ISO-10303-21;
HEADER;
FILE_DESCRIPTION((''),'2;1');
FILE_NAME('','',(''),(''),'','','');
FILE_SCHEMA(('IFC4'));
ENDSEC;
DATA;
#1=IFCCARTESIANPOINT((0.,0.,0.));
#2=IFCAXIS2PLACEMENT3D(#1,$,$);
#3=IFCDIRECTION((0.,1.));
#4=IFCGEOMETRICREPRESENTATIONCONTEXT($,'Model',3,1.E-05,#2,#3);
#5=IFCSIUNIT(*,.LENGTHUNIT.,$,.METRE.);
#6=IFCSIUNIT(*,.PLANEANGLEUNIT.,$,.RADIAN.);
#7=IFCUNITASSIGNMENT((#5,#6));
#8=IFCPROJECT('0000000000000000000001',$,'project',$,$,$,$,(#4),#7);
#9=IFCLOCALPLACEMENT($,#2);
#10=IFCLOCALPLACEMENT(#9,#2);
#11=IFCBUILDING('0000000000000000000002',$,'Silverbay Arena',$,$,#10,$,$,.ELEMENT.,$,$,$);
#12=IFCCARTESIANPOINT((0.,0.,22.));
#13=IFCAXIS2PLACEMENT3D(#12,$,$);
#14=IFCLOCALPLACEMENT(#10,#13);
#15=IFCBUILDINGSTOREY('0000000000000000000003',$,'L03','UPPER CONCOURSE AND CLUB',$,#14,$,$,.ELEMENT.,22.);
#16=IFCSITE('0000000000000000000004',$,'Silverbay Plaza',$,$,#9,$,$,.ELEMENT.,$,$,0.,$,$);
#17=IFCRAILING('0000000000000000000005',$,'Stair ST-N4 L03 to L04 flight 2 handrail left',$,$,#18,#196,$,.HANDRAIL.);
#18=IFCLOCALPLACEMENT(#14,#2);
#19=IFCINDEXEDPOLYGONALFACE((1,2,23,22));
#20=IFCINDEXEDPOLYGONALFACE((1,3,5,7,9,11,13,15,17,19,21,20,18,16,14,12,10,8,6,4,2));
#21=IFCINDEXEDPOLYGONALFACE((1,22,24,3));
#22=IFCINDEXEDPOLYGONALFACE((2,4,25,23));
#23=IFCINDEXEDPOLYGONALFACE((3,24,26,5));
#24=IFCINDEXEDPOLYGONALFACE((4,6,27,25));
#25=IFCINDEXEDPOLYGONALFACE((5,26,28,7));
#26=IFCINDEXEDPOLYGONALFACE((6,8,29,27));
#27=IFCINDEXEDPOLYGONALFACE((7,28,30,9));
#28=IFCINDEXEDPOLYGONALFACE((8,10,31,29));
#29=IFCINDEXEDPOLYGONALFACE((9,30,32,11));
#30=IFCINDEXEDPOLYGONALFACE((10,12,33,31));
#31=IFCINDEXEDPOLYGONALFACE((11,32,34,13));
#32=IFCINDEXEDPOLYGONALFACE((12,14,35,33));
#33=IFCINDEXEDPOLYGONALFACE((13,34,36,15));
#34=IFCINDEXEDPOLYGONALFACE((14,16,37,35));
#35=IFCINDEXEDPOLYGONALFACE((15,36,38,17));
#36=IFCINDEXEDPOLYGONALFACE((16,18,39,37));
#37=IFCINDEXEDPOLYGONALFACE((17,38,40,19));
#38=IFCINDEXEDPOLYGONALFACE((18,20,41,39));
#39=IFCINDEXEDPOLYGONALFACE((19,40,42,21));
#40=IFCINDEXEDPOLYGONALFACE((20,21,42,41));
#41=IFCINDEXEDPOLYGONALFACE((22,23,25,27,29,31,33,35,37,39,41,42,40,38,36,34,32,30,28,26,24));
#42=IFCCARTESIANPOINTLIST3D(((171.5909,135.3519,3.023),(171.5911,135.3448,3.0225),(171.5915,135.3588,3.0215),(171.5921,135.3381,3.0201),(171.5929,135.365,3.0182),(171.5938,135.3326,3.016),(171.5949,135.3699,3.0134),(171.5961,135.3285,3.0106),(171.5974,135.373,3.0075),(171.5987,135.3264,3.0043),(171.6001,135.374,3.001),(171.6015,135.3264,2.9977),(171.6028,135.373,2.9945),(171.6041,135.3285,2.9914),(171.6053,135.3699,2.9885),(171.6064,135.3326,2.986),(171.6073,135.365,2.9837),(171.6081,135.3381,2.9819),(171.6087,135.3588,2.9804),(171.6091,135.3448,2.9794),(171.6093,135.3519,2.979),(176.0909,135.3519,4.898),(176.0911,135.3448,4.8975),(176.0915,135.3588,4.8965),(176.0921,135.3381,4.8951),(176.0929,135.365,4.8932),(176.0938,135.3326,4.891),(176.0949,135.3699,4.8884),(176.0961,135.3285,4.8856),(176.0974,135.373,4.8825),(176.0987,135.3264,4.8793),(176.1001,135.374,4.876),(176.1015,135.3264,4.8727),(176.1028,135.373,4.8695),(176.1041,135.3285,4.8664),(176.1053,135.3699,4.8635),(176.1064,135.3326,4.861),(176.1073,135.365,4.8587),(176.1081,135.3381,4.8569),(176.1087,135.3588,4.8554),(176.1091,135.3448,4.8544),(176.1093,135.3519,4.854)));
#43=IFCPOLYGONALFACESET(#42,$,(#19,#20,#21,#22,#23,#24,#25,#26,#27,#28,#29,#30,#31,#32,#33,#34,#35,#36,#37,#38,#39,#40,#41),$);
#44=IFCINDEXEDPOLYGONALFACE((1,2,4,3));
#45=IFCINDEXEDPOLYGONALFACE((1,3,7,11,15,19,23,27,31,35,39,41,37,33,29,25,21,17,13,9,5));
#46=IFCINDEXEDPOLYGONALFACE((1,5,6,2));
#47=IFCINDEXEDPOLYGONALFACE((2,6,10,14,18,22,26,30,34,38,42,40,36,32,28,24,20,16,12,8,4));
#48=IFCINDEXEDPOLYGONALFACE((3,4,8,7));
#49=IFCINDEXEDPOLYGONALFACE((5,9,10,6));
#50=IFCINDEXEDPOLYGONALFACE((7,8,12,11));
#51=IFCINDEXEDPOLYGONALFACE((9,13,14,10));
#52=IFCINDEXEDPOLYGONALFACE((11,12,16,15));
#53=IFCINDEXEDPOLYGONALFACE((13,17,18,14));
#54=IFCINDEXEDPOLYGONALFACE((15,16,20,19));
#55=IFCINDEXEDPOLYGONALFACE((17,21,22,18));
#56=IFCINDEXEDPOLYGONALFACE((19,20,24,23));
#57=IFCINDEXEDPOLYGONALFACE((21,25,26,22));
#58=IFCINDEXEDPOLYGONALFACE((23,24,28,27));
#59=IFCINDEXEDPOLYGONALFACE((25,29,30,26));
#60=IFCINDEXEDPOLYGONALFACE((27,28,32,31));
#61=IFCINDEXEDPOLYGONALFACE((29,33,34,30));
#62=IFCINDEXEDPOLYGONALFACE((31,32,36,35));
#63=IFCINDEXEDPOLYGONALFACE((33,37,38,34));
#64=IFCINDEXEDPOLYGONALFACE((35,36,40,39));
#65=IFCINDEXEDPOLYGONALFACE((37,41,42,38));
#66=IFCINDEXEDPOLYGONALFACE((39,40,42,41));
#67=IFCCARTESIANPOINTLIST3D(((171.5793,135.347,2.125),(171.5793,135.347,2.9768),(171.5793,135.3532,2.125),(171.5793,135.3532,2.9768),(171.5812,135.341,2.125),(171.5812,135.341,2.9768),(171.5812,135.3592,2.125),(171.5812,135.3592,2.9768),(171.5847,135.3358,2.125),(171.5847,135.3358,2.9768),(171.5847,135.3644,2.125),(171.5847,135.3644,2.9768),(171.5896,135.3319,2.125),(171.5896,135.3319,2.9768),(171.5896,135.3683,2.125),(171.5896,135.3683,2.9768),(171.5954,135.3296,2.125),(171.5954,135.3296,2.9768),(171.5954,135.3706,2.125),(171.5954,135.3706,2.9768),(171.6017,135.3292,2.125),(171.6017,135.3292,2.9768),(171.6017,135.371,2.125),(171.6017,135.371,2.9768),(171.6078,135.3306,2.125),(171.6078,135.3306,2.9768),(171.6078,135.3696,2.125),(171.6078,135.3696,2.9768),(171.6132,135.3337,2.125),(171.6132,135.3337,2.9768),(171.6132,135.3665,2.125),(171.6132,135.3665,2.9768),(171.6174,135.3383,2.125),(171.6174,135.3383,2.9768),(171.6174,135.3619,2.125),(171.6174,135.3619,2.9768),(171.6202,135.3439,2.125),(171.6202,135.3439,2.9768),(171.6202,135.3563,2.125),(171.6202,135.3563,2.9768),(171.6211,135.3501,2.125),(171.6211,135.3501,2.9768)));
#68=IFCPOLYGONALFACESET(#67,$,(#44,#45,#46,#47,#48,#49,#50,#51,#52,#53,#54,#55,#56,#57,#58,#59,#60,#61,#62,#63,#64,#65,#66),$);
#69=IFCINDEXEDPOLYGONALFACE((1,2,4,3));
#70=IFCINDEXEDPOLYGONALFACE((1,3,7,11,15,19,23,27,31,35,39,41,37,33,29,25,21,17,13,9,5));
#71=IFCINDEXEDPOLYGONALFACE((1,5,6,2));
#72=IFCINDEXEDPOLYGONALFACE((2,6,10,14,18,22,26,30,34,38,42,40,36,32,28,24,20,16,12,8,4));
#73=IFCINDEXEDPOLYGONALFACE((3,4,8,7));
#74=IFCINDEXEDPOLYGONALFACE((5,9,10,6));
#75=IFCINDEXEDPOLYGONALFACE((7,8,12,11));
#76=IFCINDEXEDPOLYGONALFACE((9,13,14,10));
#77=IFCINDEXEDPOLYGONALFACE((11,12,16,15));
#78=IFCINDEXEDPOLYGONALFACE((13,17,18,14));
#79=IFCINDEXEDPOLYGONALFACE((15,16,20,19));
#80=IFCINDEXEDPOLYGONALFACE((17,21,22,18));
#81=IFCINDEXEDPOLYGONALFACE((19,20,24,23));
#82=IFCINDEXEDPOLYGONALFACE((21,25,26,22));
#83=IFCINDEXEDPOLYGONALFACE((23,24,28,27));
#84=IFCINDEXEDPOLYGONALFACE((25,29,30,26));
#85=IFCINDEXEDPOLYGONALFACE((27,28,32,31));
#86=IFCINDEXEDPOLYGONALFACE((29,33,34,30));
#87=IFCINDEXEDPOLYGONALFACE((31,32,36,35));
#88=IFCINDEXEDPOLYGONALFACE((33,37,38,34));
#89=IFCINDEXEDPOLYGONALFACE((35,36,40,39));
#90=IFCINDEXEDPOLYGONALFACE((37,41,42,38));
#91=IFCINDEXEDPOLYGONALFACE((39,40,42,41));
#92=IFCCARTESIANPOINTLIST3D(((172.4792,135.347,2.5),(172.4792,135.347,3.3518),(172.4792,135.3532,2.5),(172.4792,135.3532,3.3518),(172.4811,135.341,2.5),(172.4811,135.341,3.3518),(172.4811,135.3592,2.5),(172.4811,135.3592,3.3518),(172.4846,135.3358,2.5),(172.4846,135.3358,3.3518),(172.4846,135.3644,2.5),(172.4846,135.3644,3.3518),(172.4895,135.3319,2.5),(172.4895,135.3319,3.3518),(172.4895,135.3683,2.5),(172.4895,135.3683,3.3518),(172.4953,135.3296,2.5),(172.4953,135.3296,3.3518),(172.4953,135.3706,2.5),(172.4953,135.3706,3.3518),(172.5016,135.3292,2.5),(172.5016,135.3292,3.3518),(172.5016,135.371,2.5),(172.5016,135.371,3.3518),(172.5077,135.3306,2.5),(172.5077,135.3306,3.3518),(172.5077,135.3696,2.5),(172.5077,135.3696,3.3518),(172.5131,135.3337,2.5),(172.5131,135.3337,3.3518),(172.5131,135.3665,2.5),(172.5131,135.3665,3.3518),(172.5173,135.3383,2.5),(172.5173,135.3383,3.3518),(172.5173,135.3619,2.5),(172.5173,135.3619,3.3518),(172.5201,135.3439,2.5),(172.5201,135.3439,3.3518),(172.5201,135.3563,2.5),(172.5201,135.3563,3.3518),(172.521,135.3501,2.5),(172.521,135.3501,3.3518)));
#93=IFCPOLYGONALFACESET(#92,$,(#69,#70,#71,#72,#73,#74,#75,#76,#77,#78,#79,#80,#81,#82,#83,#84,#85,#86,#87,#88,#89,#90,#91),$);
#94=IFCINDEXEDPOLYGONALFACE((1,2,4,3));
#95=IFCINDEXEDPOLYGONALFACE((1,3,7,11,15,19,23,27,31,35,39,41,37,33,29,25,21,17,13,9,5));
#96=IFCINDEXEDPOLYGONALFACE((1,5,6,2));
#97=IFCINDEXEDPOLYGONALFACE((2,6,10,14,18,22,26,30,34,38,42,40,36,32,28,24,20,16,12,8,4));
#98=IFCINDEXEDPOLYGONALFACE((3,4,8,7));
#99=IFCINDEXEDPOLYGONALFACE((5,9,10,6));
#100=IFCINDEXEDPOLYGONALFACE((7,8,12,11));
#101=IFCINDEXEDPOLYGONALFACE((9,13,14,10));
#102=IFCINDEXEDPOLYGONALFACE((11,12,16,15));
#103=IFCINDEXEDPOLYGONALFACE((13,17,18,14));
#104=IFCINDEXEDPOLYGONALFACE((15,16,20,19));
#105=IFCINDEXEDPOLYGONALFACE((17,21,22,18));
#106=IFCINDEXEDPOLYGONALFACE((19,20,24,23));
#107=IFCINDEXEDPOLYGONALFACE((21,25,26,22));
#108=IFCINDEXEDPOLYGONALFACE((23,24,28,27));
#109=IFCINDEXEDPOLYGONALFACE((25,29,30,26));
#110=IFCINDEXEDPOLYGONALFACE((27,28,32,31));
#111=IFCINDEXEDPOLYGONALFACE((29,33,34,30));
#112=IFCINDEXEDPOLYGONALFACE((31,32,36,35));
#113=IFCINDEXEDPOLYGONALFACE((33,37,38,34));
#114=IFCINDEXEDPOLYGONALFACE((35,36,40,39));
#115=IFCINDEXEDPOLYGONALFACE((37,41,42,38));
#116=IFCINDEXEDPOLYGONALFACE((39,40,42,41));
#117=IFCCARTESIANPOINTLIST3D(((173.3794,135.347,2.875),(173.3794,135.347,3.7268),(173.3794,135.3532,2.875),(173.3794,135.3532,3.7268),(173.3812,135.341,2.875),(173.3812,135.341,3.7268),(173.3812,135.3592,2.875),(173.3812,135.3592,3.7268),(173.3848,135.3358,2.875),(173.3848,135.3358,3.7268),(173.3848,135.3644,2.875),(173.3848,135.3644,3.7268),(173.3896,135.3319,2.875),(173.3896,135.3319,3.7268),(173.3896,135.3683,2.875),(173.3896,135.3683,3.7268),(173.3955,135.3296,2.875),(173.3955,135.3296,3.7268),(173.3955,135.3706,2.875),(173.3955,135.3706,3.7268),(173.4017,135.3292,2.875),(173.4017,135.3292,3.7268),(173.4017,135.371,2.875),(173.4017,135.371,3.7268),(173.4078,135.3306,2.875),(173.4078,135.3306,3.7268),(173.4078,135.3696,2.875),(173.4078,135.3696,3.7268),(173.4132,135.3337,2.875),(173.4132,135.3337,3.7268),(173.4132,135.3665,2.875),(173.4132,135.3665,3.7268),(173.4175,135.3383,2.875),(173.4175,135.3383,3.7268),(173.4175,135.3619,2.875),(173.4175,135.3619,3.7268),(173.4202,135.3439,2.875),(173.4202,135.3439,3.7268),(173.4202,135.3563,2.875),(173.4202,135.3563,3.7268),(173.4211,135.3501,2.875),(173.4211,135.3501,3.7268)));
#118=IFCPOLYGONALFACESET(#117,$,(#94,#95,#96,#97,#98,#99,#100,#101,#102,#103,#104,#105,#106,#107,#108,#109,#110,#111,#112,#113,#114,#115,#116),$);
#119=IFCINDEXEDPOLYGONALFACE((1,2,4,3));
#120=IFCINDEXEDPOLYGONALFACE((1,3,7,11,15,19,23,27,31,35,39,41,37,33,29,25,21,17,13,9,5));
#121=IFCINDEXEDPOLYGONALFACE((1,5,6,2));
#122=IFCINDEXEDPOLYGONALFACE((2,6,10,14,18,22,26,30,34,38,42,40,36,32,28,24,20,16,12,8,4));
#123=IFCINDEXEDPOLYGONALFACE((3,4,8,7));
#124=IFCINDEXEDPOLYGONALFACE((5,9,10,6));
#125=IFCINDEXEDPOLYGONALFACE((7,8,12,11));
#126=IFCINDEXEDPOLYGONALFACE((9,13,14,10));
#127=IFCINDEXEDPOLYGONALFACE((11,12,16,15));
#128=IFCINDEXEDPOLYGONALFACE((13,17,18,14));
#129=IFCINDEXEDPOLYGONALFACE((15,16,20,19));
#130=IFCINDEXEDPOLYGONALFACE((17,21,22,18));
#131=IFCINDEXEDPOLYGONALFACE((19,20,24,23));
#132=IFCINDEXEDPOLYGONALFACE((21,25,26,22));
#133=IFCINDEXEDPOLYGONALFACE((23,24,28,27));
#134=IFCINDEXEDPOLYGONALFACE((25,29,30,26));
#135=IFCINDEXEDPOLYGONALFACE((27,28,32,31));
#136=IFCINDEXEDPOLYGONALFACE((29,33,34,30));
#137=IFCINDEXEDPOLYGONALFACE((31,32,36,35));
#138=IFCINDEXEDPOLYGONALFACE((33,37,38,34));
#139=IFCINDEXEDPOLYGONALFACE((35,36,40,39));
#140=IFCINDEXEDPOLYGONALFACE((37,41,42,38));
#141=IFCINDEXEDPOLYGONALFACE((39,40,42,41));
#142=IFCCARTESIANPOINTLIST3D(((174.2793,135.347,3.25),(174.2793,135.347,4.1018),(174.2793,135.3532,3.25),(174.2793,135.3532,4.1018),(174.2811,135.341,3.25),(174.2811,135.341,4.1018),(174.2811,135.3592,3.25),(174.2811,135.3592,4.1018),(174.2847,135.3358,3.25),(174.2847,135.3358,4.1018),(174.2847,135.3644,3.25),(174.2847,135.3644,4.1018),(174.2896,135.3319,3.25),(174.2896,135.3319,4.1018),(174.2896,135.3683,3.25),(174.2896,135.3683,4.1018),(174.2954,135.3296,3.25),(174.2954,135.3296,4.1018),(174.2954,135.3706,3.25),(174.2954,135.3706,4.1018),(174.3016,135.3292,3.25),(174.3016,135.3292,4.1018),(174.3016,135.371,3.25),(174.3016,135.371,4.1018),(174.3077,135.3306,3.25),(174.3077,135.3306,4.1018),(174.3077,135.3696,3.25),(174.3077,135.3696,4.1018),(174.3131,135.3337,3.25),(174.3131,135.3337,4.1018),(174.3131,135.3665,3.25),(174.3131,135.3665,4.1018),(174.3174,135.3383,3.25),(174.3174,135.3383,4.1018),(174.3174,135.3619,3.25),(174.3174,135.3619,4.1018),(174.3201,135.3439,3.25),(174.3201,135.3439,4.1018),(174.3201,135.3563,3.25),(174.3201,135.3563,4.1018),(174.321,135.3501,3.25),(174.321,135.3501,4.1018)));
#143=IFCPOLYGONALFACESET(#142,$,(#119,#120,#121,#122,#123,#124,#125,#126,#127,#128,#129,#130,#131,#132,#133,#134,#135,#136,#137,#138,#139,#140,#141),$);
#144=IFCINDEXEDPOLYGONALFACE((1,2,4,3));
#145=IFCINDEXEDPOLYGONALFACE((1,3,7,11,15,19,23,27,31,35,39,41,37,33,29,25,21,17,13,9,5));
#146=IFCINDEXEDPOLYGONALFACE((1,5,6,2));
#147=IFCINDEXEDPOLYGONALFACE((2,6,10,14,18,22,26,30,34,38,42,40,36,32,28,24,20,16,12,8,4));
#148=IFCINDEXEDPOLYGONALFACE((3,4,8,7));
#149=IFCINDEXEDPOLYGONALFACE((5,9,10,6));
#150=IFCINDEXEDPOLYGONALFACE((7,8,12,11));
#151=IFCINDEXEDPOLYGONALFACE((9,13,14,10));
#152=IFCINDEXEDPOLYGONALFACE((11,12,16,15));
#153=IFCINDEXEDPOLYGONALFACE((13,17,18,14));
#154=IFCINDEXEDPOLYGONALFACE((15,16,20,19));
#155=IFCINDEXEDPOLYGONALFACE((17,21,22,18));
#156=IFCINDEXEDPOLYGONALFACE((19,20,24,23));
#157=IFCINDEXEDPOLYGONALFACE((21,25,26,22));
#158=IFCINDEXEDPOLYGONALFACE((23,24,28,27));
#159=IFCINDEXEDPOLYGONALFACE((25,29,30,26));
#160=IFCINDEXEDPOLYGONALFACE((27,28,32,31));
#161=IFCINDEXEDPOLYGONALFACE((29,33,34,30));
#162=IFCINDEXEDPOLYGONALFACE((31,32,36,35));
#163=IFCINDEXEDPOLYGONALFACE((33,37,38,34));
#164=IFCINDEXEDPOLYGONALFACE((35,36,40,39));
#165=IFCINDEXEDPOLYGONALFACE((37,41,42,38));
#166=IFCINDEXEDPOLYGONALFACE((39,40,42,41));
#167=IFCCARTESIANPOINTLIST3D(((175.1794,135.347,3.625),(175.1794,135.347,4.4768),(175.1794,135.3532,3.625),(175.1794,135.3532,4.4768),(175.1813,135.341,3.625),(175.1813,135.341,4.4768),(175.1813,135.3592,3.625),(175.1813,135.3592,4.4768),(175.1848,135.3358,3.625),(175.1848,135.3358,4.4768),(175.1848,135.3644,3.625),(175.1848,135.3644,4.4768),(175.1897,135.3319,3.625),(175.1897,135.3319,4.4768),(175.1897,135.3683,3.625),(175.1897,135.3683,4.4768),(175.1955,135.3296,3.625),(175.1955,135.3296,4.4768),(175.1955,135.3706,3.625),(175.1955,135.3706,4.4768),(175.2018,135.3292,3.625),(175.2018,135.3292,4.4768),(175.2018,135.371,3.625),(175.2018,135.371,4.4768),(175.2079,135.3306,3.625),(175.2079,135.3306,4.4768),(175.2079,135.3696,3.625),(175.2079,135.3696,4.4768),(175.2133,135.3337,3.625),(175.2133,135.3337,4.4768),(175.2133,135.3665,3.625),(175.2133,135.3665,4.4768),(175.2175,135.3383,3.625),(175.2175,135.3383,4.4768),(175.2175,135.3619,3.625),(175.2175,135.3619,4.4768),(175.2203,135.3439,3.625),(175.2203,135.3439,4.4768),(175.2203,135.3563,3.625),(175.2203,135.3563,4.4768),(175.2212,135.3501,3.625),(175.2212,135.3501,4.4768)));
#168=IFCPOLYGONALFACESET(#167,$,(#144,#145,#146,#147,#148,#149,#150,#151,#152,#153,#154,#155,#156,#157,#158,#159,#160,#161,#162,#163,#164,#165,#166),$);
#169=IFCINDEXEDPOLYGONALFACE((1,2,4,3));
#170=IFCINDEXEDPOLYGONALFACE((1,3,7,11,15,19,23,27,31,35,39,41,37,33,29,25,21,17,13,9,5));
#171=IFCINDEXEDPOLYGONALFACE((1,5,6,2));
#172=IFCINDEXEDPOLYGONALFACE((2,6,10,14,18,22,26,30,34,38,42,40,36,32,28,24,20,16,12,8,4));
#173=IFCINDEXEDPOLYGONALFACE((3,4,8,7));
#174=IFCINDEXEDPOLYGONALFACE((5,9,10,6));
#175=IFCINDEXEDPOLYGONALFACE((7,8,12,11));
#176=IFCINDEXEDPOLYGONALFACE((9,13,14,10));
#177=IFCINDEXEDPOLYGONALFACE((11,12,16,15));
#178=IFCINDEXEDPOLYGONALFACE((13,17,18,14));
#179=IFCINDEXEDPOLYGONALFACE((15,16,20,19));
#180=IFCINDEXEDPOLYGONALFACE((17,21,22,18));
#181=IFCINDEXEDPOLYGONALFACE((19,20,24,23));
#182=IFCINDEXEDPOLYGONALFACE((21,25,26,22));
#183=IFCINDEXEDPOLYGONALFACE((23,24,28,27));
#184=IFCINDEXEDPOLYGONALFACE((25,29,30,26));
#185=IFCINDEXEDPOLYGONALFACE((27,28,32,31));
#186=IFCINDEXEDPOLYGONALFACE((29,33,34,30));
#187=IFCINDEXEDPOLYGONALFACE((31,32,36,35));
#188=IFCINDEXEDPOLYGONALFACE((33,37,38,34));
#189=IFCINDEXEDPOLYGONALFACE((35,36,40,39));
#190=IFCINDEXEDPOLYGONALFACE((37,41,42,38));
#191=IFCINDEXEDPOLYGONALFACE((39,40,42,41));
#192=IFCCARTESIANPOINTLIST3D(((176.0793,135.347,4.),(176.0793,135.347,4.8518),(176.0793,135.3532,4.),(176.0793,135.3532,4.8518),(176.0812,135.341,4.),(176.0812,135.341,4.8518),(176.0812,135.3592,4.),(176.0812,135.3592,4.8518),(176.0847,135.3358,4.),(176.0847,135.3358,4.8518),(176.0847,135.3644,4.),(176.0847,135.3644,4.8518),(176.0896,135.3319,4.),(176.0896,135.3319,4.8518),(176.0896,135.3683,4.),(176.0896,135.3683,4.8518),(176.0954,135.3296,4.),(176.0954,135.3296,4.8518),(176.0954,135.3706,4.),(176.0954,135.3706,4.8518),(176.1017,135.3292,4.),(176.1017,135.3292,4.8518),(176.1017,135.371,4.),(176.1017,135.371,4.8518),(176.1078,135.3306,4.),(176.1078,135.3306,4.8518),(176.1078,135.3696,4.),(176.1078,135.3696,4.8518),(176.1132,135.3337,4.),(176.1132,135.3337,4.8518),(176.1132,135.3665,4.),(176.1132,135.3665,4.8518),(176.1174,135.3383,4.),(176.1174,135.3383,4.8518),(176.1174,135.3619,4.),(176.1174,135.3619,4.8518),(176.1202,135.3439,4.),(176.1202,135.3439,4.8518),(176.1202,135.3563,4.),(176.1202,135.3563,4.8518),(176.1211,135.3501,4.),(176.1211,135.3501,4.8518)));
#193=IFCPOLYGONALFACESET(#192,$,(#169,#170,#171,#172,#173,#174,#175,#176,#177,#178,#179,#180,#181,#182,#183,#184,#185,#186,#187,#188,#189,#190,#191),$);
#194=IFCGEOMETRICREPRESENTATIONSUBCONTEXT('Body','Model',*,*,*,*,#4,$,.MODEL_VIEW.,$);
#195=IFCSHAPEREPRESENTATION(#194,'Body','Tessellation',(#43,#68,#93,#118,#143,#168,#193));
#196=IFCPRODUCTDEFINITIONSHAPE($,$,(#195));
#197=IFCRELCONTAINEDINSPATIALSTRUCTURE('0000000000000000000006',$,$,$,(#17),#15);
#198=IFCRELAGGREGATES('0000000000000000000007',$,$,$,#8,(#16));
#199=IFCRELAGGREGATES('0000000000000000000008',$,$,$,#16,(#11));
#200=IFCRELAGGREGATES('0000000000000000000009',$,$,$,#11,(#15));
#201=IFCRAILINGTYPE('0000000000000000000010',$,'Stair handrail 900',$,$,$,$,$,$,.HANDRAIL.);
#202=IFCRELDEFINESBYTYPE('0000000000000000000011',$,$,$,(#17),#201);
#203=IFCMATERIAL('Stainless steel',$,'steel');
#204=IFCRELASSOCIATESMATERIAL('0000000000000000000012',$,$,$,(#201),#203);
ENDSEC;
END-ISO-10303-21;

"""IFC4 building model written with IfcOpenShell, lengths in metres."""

from ifc_helpers import new_model, si_unit, direction, frame, origin, origin_2d, place, context, subcontext, project, spatial, circle, extrude, material, type_object, element, save


model = new_model("IFC4")

# Units and contexts
model_context = context("Model", 3, precision=1e-05, world=origin(), true_north=direction((0.0, 1.0)))
body_context = subcontext(model_context, "Body", "Model", "MODEL_VIEW")
ifc_project = project(units=[si_unit("LENGTHUNIT", "METRE"), si_unit("PLANEANGLEUNIT", "RADIAN")], contexts=[model_context])

# Site, building, storey
site_placement = place(None, origin())
site = spatial("IfcSite", under=ifc_project, at=site_placement, Name="Silverbay Plaza", CompositionType="ELEMENT", RefElevation=0.0)
building_placement = place(site_placement, origin())
building = spatial("IfcBuilding", under=site, at=building_placement, Name="Silverbay Arena", CompositionType="ELEMENT")
storey_placement = place(building_placement, frame((0.0, 0.0, 22.0)))
storey = spatial("IfcBuildingStorey", under=building, at=storey_placement, Name="L03", Description="UPPER CONCOURSE AND CLUB", CompositionType="ELEMENT", Elevation=22.0)

# Railing
ifc_material_1 = material(Name="Stainless steel", Category="steel")
railing_type_1 = type_object("IfcRailingType", Name="Stair handrail 900", PredefinedType="HANDRAIL", material=ifc_material_1)
for number, where, name in (
    (1, (171.6001, 135.3501, 2.125), "Stair ST-N4 L03 to L04 flight 2 handrail left"),
):
    element("IfcRailing", number, at=place(storey_placement, frame(where)), inside=storey, type_object=railing_type_1, Name=name, PredefinedType="HANDRAIL", context=body_context, shape_type="SweptSolid", body=[
        extrude(circle(Radius=0.0239, at=origin_2d()), frame((0.0, 0.0, 0.876), z_axis=(0.923077, 0.0, 0.384615), x_axis=(0.0, 1.0, 0.0)), (0.0, 0.0, 1.0), 4.875),
        extrude(circle(Radius=0.021, at=origin_2d()), origin(), (0.0, 0.0, 1.0), 0.8518),
        extrude(circle(Radius=0.021, at=origin_2d()), frame((0.8999, 0.0, 0.375)), (0.0, 0.0, 1.0), 0.8518),
        extrude(circle(Radius=0.021, at=origin_2d()), frame((1.8, 0.0, 0.75)), (0.0, 0.0, 1.0), 0.8518),
        extrude(circle(Radius=0.021, at=origin_2d()), frame((2.7, 0.0, 1.125)), (0.0, 0.0, 1.0), 0.8518),
        extrude(circle(Radius=0.021, at=origin_2d()), frame((3.6001, 0.0, 1.5)), (0.0, 0.0, 1.0), 0.8518),
        extrude(circle(Radius=0.021, at=origin_2d()), frame((4.5, 0.0, 1.875)), (0.0, 0.0, 1.0), 0.8518),
    ])

save(model, "model.ifc")
